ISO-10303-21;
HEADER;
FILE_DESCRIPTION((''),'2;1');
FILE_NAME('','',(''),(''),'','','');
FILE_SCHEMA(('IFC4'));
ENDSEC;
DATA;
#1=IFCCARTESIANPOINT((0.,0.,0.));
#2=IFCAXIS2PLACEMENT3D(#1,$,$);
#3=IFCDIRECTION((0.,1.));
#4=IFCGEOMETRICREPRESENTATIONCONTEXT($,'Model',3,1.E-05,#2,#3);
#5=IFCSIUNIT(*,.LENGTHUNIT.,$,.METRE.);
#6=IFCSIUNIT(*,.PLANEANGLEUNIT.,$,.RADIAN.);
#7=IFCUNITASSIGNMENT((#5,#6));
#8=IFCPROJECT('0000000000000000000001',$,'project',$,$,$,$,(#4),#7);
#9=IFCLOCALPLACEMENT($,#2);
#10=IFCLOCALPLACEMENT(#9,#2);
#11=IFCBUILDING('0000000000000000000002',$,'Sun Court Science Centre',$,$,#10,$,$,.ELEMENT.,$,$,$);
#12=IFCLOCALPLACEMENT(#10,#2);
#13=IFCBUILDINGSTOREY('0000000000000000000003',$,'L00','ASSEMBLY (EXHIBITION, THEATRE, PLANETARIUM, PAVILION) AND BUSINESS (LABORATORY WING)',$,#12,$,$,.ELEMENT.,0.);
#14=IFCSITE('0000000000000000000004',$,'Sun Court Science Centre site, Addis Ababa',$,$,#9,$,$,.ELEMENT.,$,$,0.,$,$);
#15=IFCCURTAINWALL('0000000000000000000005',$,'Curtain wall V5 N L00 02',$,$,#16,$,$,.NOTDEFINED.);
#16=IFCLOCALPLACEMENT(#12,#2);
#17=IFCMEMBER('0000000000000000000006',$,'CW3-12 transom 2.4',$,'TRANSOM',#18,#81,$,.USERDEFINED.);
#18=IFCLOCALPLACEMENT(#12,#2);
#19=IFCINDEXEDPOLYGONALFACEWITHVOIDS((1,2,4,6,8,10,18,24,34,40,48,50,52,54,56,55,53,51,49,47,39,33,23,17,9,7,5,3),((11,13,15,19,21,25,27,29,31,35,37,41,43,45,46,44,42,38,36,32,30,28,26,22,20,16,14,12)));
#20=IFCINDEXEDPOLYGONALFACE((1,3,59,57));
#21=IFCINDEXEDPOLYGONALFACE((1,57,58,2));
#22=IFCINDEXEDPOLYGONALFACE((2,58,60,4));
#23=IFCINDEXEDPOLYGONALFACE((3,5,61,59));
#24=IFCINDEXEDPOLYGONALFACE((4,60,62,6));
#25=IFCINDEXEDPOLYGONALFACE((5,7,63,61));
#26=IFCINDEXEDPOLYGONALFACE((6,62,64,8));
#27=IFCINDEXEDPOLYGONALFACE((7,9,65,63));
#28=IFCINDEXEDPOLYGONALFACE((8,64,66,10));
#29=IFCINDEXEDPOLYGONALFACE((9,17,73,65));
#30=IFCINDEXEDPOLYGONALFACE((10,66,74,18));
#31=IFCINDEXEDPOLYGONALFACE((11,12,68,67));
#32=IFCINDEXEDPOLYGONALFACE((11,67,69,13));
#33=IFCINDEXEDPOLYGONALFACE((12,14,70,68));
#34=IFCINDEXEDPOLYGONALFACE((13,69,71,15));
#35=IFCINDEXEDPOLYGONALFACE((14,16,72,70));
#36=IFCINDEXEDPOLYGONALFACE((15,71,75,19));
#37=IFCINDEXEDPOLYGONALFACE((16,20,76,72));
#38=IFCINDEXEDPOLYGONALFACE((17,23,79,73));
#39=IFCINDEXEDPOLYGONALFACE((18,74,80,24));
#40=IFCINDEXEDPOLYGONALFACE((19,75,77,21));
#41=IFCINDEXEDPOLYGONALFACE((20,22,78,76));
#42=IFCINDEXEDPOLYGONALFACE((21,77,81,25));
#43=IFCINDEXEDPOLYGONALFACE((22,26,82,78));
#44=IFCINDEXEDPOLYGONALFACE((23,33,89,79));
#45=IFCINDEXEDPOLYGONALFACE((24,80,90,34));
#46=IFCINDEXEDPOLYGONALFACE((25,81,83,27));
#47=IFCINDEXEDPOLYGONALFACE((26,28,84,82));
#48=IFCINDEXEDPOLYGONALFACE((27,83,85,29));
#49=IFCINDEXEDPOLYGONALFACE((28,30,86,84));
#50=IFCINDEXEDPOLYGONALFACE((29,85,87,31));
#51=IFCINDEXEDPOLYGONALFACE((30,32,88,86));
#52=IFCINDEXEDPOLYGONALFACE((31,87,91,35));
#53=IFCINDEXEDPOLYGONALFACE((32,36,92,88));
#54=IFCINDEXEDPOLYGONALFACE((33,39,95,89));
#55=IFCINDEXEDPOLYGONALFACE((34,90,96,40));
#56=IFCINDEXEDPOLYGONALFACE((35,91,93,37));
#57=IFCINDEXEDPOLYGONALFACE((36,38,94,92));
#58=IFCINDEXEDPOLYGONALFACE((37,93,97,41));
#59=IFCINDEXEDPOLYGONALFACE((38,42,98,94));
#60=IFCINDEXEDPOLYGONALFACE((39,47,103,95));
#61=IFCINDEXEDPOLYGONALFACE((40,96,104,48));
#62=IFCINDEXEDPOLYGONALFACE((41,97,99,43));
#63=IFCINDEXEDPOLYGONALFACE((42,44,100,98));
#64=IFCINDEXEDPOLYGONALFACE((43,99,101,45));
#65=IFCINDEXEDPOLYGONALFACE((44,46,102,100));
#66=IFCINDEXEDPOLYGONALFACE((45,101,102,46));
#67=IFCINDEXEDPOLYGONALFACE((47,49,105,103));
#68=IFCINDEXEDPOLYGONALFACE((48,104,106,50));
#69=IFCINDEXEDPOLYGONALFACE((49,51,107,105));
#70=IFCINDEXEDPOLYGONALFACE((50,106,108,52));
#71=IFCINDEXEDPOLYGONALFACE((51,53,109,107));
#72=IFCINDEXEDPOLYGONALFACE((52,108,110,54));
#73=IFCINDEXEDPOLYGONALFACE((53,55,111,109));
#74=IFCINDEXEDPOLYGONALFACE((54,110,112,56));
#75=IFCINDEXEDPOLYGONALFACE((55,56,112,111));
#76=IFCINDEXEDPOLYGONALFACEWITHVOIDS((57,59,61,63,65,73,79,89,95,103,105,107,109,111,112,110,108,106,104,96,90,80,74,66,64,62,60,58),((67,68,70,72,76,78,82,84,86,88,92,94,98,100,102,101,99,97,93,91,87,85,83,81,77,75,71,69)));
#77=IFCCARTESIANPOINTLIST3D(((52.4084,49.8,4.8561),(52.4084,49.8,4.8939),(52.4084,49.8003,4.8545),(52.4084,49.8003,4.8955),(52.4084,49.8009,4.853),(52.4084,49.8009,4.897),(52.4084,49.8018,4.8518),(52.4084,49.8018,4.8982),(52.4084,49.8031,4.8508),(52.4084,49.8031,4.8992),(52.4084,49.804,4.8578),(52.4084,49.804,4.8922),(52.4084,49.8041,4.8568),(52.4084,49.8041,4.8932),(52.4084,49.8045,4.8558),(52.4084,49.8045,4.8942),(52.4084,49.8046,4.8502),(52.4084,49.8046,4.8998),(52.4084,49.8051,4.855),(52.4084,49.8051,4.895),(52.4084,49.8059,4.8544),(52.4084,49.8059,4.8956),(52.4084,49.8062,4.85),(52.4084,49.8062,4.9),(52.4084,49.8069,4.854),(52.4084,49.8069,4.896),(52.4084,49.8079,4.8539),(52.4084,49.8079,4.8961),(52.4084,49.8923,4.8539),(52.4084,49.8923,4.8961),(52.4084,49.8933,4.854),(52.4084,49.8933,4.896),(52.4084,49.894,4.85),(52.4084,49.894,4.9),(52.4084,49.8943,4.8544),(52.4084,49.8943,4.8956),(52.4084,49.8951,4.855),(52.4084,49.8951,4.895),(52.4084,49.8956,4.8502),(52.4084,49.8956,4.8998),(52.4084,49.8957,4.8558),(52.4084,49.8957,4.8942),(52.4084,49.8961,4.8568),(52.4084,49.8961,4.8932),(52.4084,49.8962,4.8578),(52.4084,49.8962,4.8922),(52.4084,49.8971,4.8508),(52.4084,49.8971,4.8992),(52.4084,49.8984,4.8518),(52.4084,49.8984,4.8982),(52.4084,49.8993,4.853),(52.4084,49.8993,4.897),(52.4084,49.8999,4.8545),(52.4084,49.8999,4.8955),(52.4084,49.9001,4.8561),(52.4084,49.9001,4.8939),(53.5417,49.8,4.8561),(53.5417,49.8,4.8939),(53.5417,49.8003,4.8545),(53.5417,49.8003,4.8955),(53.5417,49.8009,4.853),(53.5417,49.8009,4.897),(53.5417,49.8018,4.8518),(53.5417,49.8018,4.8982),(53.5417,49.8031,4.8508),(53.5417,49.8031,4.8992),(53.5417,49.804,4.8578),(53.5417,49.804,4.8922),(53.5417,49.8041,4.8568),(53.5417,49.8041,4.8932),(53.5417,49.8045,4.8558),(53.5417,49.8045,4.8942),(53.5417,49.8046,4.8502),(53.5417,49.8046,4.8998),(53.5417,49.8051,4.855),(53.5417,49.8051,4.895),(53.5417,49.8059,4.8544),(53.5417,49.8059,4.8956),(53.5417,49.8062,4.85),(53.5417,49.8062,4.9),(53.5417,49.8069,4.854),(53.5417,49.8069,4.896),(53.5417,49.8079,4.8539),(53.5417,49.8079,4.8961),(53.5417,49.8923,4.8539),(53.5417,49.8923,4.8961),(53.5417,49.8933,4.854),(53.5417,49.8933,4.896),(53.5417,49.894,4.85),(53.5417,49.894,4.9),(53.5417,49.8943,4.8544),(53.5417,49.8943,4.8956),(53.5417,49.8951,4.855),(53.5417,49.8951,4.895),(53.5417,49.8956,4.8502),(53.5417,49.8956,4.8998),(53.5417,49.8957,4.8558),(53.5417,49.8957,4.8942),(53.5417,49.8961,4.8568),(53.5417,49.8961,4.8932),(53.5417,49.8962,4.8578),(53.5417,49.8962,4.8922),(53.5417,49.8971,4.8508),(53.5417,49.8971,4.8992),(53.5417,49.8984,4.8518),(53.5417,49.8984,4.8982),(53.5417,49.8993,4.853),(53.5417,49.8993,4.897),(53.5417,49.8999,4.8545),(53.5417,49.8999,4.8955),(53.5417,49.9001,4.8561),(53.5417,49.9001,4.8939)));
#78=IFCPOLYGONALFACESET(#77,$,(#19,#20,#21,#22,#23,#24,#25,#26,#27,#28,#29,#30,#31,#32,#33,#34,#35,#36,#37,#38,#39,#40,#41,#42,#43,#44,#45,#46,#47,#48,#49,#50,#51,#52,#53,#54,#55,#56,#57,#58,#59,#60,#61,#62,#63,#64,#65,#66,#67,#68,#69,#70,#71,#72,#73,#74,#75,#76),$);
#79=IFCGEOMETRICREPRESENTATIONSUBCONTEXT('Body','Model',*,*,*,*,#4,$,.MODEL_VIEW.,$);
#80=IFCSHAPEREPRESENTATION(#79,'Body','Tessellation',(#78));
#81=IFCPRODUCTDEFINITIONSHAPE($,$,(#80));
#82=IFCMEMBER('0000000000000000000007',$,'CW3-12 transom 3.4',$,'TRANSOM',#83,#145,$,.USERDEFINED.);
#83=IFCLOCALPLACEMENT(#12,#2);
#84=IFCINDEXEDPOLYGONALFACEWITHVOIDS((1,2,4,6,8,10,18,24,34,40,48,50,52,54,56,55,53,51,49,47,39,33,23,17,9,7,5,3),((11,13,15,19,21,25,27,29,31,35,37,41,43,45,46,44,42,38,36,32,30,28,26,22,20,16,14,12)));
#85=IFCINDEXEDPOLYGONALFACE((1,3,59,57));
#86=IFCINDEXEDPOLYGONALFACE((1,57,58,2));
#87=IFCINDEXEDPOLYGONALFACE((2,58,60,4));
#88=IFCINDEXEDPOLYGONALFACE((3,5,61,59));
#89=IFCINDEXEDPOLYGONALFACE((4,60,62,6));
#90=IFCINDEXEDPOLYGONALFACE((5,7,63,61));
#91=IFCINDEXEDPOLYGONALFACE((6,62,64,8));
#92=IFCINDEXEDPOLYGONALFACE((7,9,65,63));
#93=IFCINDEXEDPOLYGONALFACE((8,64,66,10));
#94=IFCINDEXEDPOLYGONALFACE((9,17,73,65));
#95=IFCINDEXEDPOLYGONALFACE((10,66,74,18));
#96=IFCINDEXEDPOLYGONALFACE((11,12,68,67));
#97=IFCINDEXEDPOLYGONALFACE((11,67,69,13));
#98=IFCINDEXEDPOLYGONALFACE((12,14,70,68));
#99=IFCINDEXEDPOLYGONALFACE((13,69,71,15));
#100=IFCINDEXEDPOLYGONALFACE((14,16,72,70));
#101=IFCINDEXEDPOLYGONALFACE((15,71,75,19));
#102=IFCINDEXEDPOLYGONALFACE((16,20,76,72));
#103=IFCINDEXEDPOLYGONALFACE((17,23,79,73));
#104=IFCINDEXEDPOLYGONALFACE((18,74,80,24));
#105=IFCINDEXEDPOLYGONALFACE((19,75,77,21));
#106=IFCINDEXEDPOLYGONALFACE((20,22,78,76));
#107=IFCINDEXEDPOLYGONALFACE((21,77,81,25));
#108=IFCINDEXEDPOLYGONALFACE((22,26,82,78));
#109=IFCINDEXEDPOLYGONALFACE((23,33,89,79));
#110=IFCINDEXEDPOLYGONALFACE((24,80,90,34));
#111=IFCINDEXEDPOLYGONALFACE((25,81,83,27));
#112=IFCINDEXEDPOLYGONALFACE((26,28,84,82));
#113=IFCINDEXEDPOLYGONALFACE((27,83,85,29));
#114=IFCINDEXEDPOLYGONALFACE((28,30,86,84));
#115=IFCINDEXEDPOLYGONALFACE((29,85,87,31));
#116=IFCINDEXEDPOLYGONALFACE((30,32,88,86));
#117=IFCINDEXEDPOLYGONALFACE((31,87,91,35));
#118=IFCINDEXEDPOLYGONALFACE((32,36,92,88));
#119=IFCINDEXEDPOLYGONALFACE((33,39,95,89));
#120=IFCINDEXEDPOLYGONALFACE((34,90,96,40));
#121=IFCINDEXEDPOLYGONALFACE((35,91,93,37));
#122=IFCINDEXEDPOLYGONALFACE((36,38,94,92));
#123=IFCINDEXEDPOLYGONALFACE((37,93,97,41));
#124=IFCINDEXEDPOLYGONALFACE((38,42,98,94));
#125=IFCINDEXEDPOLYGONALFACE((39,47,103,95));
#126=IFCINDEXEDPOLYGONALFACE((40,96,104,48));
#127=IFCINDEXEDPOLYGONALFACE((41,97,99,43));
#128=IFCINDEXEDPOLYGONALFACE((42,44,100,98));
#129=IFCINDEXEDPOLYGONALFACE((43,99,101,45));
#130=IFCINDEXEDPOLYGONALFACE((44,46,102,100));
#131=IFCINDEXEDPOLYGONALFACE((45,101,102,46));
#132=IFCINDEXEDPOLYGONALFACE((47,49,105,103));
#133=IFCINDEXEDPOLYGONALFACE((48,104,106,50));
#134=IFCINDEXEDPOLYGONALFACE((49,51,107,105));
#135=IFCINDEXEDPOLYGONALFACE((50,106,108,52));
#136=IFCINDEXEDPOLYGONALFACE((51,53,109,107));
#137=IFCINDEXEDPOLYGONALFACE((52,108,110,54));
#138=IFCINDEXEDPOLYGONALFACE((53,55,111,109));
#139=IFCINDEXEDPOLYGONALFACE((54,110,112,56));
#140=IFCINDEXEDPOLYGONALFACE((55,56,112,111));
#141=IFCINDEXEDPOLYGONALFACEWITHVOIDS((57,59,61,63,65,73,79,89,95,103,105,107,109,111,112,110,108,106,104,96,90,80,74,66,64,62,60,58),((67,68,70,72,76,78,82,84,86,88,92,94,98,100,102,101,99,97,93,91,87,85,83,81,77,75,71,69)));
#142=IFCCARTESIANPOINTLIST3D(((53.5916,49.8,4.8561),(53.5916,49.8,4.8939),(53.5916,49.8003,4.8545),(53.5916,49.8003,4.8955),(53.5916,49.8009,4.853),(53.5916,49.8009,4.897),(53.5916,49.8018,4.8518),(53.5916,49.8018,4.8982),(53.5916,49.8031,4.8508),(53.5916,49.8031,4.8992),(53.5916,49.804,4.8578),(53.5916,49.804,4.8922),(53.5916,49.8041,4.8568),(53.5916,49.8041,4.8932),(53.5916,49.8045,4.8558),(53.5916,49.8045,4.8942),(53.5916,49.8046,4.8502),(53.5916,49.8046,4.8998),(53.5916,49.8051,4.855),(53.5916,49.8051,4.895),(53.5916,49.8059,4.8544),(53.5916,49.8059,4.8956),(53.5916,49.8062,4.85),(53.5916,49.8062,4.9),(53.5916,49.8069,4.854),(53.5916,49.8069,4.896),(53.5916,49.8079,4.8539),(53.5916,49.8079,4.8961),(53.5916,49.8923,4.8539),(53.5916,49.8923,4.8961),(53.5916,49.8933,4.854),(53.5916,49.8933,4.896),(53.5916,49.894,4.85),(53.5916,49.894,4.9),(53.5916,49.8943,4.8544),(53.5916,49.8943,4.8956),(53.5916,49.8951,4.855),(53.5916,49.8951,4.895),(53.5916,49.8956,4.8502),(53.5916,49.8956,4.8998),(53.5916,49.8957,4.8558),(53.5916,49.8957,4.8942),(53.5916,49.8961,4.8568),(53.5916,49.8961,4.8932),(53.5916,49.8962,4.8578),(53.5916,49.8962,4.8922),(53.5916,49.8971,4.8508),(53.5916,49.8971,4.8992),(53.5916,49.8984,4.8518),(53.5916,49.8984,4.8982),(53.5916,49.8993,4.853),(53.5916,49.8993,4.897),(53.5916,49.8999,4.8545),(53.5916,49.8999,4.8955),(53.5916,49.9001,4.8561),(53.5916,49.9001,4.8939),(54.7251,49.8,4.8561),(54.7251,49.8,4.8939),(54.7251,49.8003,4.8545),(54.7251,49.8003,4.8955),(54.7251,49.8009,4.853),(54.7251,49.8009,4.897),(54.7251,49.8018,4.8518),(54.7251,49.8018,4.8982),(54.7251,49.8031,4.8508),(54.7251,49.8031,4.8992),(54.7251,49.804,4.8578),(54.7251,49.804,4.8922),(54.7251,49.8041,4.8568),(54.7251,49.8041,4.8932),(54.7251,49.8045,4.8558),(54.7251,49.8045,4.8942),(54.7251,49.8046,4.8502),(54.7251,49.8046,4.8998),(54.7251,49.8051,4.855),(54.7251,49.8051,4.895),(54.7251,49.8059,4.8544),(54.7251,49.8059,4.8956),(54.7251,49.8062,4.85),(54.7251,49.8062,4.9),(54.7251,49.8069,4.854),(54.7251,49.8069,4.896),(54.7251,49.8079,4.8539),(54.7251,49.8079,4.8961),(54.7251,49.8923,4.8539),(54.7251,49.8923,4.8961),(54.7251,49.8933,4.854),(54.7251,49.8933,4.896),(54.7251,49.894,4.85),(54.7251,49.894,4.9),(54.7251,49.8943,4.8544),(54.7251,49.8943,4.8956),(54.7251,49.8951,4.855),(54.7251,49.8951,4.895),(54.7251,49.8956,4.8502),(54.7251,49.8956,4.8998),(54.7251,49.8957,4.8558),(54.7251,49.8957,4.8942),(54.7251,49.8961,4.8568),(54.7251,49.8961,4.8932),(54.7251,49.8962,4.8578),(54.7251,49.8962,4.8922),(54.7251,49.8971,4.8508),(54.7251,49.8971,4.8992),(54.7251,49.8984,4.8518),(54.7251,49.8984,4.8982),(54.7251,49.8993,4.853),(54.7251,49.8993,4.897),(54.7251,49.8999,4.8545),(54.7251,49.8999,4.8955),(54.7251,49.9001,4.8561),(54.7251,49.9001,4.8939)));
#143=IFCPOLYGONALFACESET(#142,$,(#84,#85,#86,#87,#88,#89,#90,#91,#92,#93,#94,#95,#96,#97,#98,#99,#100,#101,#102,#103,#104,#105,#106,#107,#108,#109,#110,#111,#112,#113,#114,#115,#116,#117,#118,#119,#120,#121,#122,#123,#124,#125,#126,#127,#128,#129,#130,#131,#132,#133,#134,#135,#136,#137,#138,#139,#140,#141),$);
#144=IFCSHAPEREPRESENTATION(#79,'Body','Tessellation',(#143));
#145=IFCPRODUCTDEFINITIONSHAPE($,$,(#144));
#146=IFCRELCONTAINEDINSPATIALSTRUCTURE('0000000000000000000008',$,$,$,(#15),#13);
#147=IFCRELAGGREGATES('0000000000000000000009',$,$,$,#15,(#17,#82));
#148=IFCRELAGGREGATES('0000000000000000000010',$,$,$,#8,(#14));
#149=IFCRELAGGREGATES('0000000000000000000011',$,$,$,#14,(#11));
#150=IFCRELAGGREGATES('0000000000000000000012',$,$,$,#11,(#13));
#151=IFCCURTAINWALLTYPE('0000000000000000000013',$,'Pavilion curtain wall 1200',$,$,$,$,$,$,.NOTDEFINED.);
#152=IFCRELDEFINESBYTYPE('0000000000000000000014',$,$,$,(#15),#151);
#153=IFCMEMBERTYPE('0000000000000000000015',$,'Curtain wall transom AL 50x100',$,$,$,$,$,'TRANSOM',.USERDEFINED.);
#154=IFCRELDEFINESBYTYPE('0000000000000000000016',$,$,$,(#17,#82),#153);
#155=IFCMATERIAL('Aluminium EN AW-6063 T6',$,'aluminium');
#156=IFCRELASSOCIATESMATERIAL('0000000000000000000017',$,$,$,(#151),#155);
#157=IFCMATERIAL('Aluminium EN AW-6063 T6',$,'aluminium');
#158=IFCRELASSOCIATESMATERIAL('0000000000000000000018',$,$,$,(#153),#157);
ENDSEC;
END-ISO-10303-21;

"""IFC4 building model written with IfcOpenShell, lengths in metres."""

from ifc_helpers import new_model, si_unit, direction, frame, origin, origin_2d, place, context, subcontext, project, spatial, hollow_rectangle, extrude, material, material_profile, profile_set, type_object, element, aggregate, save


model = new_model("IFC4")

# Units and contexts
model_context = context("Model", 3, precision=1e-05, world=origin(), true_north=direction((0.0, 1.0)))
body_context = subcontext(model_context, "Body", "Model", "MODEL_VIEW")
ifc_project = project(units=[si_unit("LENGTHUNIT", "METRE"), si_unit("PLANEANGLEUNIT", "RADIAN")], contexts=[model_context])

# Site, building, storey
site_placement = place(None, origin())
site = spatial("IfcSite", under=ifc_project, at=site_placement, Name="Sun Court Science Centre site, Addis Ababa", CompositionType="ELEMENT", RefElevation=0.0)
building_placement = place(site_placement, origin())
building = spatial("IfcBuilding", under=site, at=building_placement, Name="Sun Court Science Centre", CompositionType="ELEMENT")
storey_placement = place(building_placement, origin())
storey = spatial("IfcBuildingStorey", under=building, at=storey_placement, Name="L00", Description="ASSEMBLY (EXHIBITION, THEATRE, PLANETARIUM, PAVILION) AND BUSINESS (LABORATORY WING)", CompositionType="ELEMENT", Elevation=0.0)

# Curtain wall, members
ifc_material_1 = material(Name="Aluminium EN AW-6063 T6", Category="aluminium")
curtain_wall_type = type_object("IfcCurtainWallType", Name="Pavilion curtain wall 1200", PredefinedType="NOTDEFINED", material=ifc_material_1)
curtain_wall_placement = place(storey_placement, origin())
curtain_wall = element("IfcCurtainWall", 1, at=curtain_wall_placement, inside=storey, type_object=curtain_wall_type, Name="Curtain wall V5 N L00 02", PredefinedType="NOTDEFINED")
ifc_material_2 = material(Name="Aluminium EN AW-6063 T6", Category="aluminium")
ifc_material_profile_1 = material_profile(ifc_material_2, hollow_rectangle(XDim=0.05, YDim=0.1001, WallThickness=0.0039, InnerFilletRadius=0.0039, OuterFilletRadius=0.0061, at=origin_2d()), Name="AL 50x100x4")
ifc_profile_set_1 = profile_set([ifc_material_profile_1], Name="Aluminium EN AW-6063 T6")
member_type_1 = type_object("IfcMemberType", Name="Curtain wall transom AL 50x100", ElementType="TRANSOM", PredefinedType="USERDEFINED", material=ifc_profile_set_1)
member_1_placement = place(storey_placement, frame((52.4084, 49.8501, 4.875), z_axis=(1.0, 0.0, 0.0), x_axis=(0.0, 0.0, 1.0)))
member_1 = element("IfcMember", 2, at=member_1_placement, type_object=member_type_1, Name="CW3-12 transom 2.4", ObjectType="TRANSOM", PredefinedType="USERDEFINED", context=body_context, shape_type="SweptSolid", body=[
    extrude(hollow_rectangle(XDim=0.05, YDim=0.1001, WallThickness=0.0039, InnerFilletRadius=0.0039, OuterFilletRadius=0.0061, at=origin_2d()), origin(), (0.0, 0.0, 1.0), 1.1333),
])
member_2_placement = place(storey_placement, frame((53.5916, 49.8501, 4.875), z_axis=(1.0, 0.0, 0.0), x_axis=(0.0, 0.0, 1.0)))
member_2 = element("IfcMember", 3, at=member_2_placement, type_object=member_type_1, Name="CW3-12 transom 3.4", ObjectType="TRANSOM", PredefinedType="USERDEFINED", context=body_context, shape_type="SweptSolid", body=[
    extrude(hollow_rectangle(XDim=0.05, YDim=0.1001, WallThickness=0.0039, InnerFilletRadius=0.0039, OuterFilletRadius=0.0061, at=origin_2d()), origin(), (0.0, 0.0, 1.0), 1.1335),
])
aggregate(curtain_wall, [member_1, member_2])

save(model, "model.ifc")
